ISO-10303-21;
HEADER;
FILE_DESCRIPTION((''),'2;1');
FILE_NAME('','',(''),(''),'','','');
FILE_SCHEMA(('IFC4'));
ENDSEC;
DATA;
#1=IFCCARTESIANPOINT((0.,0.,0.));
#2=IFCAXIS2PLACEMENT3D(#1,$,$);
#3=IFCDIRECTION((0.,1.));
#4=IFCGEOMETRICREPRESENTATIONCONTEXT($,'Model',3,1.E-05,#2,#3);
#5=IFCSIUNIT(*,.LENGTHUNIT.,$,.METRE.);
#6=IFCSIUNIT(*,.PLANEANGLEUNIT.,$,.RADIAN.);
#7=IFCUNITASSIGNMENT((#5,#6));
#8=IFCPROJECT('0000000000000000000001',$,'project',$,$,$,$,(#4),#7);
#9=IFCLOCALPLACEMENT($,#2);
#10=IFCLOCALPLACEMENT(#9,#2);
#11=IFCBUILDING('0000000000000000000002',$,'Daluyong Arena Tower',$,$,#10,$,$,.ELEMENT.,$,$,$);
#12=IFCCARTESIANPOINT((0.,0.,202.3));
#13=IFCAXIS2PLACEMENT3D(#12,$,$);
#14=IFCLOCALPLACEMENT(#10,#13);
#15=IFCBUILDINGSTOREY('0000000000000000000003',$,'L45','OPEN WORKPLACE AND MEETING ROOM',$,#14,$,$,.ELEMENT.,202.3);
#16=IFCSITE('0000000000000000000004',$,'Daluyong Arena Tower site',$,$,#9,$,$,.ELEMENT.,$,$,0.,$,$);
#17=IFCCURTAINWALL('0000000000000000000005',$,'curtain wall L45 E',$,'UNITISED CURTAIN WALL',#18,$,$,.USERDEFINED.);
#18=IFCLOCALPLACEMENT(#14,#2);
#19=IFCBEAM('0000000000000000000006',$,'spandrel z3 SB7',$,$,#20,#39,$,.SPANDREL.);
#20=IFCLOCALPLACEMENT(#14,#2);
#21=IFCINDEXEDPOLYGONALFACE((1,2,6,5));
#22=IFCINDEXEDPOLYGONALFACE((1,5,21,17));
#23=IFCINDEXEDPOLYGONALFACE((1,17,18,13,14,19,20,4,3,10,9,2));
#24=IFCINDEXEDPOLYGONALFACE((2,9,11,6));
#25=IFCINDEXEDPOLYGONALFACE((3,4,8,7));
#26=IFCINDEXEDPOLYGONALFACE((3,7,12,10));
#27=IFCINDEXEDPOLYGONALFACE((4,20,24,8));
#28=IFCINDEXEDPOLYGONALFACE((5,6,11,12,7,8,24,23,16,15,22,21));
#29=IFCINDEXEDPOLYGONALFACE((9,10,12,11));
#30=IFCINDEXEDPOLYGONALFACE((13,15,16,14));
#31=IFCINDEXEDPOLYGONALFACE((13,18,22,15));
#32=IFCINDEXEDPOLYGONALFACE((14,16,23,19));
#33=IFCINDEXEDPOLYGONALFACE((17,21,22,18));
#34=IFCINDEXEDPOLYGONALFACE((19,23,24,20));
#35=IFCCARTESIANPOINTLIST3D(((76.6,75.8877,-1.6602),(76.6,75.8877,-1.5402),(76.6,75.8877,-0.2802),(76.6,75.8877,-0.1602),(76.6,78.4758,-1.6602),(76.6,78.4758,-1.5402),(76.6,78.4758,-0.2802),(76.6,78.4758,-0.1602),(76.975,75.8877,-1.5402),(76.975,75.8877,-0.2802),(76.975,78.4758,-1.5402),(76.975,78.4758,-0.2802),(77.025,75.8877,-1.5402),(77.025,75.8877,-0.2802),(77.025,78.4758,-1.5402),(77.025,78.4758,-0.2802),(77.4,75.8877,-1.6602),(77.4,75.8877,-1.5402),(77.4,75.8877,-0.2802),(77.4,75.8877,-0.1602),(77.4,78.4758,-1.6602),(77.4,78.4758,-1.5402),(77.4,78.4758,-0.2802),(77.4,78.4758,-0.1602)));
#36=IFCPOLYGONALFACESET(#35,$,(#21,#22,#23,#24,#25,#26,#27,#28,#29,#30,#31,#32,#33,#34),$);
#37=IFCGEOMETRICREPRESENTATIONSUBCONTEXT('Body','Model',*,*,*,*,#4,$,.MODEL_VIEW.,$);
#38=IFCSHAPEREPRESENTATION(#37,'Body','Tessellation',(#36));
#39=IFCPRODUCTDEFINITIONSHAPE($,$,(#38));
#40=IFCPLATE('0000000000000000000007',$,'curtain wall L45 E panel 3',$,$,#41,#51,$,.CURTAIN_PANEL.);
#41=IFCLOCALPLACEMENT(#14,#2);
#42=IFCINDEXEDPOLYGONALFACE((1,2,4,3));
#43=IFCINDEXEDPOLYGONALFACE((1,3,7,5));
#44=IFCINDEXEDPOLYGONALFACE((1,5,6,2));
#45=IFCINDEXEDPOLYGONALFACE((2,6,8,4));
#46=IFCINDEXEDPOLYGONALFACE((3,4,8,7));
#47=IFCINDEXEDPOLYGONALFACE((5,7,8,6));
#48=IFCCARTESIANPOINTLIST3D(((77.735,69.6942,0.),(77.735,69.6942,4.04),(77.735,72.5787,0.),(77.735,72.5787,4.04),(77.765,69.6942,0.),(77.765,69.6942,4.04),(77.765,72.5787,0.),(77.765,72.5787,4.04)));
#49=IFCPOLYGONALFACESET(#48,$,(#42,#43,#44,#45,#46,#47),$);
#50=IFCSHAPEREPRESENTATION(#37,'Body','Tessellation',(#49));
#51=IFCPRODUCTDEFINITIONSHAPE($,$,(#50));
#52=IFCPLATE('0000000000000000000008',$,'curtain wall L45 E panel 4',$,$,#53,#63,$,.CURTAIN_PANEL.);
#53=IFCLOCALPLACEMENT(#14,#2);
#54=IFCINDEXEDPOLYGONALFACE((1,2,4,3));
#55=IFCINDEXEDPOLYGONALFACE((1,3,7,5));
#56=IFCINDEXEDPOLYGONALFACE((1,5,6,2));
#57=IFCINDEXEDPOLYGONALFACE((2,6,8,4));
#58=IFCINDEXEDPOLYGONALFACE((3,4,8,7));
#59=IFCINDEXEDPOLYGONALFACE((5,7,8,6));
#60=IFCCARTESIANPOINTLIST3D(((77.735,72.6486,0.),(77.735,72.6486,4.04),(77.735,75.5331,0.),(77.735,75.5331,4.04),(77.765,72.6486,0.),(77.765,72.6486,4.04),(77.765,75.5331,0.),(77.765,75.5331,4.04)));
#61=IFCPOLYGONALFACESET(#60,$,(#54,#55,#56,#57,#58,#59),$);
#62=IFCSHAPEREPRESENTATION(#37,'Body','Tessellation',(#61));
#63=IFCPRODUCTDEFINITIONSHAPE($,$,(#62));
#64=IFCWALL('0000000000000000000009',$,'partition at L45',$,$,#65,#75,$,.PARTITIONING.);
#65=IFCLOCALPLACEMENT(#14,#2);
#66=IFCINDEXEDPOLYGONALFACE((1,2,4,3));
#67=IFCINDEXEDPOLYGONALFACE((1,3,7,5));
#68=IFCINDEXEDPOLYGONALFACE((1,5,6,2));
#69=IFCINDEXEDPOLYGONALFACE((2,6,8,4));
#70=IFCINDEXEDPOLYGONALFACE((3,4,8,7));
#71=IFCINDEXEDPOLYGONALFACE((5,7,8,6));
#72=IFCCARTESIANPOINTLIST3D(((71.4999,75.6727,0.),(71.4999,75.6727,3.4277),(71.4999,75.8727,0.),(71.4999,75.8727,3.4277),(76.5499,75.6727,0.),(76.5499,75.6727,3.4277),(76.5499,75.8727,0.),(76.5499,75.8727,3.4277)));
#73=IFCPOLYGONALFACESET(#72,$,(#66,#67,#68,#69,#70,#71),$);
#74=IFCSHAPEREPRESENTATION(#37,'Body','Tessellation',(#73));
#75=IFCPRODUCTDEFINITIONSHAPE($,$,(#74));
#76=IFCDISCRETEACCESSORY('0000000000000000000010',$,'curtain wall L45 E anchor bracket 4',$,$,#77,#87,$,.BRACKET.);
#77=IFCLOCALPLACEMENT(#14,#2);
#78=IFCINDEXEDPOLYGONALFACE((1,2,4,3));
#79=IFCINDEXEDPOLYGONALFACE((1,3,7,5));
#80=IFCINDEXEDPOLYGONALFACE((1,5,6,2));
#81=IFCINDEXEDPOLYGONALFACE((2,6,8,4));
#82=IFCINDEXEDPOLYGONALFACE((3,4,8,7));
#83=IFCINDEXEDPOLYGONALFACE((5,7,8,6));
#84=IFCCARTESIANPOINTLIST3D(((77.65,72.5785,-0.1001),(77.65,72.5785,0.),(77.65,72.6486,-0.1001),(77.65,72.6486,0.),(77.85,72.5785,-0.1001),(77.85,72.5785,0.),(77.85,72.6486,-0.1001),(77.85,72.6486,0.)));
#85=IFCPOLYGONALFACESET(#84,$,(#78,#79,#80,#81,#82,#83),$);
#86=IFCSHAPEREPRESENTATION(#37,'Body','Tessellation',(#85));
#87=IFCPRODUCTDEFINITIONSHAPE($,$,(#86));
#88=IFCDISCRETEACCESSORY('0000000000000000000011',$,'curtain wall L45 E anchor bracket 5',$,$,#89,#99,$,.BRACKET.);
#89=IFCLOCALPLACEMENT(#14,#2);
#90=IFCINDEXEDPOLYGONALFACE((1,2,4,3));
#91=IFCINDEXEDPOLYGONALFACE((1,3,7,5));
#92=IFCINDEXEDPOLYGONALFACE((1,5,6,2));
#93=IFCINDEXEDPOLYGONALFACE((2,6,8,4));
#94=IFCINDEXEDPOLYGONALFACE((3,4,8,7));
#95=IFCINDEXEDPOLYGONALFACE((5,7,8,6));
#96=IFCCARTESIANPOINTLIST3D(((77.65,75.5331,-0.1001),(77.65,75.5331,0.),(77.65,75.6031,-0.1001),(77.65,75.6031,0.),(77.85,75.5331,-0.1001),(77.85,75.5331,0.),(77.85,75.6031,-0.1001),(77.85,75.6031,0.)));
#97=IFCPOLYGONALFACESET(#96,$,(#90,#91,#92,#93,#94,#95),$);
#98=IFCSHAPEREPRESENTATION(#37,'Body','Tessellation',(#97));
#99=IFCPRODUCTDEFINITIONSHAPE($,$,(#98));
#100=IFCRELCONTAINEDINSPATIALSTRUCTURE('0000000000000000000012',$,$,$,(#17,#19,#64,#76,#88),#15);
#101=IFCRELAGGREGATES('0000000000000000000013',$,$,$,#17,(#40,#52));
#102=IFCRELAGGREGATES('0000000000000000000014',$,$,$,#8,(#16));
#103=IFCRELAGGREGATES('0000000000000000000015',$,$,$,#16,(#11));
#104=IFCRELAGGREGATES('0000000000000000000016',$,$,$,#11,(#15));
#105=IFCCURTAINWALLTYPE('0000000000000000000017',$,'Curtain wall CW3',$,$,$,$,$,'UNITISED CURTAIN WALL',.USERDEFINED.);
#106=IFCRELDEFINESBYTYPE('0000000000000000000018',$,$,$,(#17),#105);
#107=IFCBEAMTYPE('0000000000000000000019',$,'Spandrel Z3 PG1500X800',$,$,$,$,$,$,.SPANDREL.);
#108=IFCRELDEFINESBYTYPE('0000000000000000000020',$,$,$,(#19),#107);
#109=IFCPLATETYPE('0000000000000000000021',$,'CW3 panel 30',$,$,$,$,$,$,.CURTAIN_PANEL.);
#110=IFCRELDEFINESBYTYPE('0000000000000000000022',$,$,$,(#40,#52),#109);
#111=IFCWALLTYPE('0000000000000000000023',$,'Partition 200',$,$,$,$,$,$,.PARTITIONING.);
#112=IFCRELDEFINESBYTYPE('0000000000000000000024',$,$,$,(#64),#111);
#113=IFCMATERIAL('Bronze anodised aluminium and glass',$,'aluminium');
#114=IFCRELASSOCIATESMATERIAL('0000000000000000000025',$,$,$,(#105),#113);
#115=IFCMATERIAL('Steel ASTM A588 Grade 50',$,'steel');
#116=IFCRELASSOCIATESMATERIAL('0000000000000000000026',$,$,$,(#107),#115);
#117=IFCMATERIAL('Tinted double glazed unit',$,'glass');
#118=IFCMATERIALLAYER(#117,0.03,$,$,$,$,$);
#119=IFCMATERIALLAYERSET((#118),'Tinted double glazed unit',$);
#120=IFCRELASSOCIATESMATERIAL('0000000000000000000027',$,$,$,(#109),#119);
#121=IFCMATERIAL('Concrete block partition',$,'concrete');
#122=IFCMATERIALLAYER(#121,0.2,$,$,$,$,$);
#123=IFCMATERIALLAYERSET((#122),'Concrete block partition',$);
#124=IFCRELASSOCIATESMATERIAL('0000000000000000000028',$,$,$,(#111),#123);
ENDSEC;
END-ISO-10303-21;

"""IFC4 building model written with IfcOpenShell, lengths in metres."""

from ifc_helpers import new_model, si_unit, direction, frame, frame_2d, origin, origin_2d, place, context, subcontext, project, spatial, rectangle, i_section, extrude, material, layer, layer_set, material_profile, profile_set, type_object, element, aggregate, save


model = new_model("IFC4")

# Units and contexts
model_context = context("Model", 3, precision=1e-05, world=origin(), true_north=direction((0.0, 1.0)))
body_context = subcontext(model_context, "Body", "Model", "MODEL_VIEW")
ifc_project = project(units=[si_unit("LENGTHUNIT", "METRE"), si_unit("PLANEANGLEUNIT", "RADIAN")], contexts=[model_context])

# Site, building, storey
site_placement = place(None, origin())
site = spatial("IfcSite", under=ifc_project, at=site_placement, Name="Daluyong Arena Tower site", CompositionType="ELEMENT", RefElevation=0.0)
building_placement = place(site_placement, origin())
building = spatial("IfcBuilding", under=site, at=building_placement, Name="Daluyong Arena Tower", CompositionType="ELEMENT")
storey_placement = place(building_placement, frame((0.0, 0.0, 202.3)))
storey = spatial("IfcBuildingStorey", under=building, at=storey_placement, Name="L45", Description="OPEN WORKPLACE AND MEETING ROOM", CompositionType="ELEMENT", Elevation=202.3)

# Curtain wall
ifc_material_1 = material(Name="Bronze anodised aluminium and glass", Category="aluminium")
curtain_wall_type = type_object("IfcCurtainWallType", Name="Curtain wall CW3", ElementType="UNITISED CURTAIN WALL", PredefinedType="USERDEFINED", material=ifc_material_1)
curtain_wall_placement = place(storey_placement, origin())
curtain_wall = element("IfcCurtainWall", 1, at=curtain_wall_placement, inside=storey, type_object=curtain_wall_type, Name="curtain wall L45 E", ObjectType="UNITISED CURTAIN WALL", PredefinedType="USERDEFINED")

# Beam
ifc_material_2 = material(Name="Steel ASTM A588 Grade 50", Category="steel")
ifc_material_profile_1 = material_profile(ifc_material_2, i_section(OverallWidth=0.8, OverallDepth=1.5, WebThickness=0.05, FlangeThickness=0.12, at=origin_2d()))
ifc_profile_set_1 = profile_set([ifc_material_profile_1], Name="Steel ASTM A588 Grade 50")
beam_type_1 = type_object("IfcBeamType", Name="Spandrel Z3 PG1500X800", PredefinedType="SPANDREL", material=ifc_profile_set_1)
for number, where, z_axis, x_axis, name in (
    (2, (77.0, 75.8877, -0.9102), (0.0, 1.0, 0.0), (-1.0, 0.0, 0.0), "spandrel z3 SB7"),
):
    element("IfcBeam", number, at=place(storey_placement, frame(where, z_axis=z_axis, x_axis=x_axis)), inside=storey, type_object=beam_type_1, Name=name, PredefinedType="SPANDREL", context=body_context, shape_type="SweptSolid", body=[
        extrude(i_section(OverallWidth=0.8, OverallDepth=1.5, WebThickness=0.05, FlangeThickness=0.12, at=origin_2d()), origin(), (0.0, 0.0, 1.0), 2.5881),
    ])

# Plates
ifc_material_3 = material(Name="Tinted double glazed unit", Category="glass")
ifc_layer_1 = layer(ifc_material_3, 0.03)
ifc_layer_set_1 = layer_set([ifc_layer_1], Name="Tinted double glazed unit")
plate_type = type_object("IfcPlateType", Name="CW3 panel 30", PredefinedType="CURTAIN_PANEL", material=ifc_layer_set_1)
plate_1_placement = place(storey_placement, frame((77.75, 71.1365, 0.0), z_axis=(0.0, 0.0, 1.0), x_axis=(0.0, 1.0, 0.0)))
plate_1 = element("IfcPlate", 3, at=plate_1_placement, type_object=plate_type, Name="curtain wall L45 E panel 3", PredefinedType="CURTAIN_PANEL", context=body_context, shape_type="SweptSolid", body=[
    extrude(rectangle(XDim=2.8845, YDim=0.03, at=origin_2d()), origin(), (0.0, 0.0, 1.0), 4.04),
])
plate_2_placement = place(storey_placement, frame((77.75, 74.0908, 0.0), z_axis=(0.0, 0.0, 1.0), x_axis=(0.0, 1.0, 0.0)))
plate_2 = element("IfcPlate", 4, at=plate_2_placement, type_object=plate_type, Name="curtain wall L45 E panel 4", PredefinedType="CURTAIN_PANEL", context=body_context, shape_type="SweptSolid", body=[
    extrude(rectangle(XDim=2.8845, YDim=0.03, at=origin_2d()), origin(), (0.0, 0.0, 1.0), 4.04),
])
aggregate(curtain_wall, [plate_1, plate_2])

# Wall
ifc_material_4 = material(Name="Concrete block partition", Category="concrete")
ifc_layer_2 = layer(ifc_material_4, 0.2)
ifc_layer_set_2 = layer_set([ifc_layer_2], Name="Concrete block partition")
wall_type = type_object("IfcWallType", Name="Partition 200", PredefinedType="PARTITIONING", material=ifc_layer_set_2)
wall_placement = place(storey_placement, frame((71.5, 75.7727, 0.0), z_axis=(0.0, 0.0, 1.0), x_axis=(1.0, 0.0, 0.0)))
element("IfcWall", 5, at=wall_placement, inside=storey, type_object=wall_type, Name="partition at L45", PredefinedType="PARTITIONING", context=body_context, shape_type="SweptSolid", body=[
    extrude(rectangle(XDim=5.05, YDim=0.2, at=frame_2d((2.5249, 0.0))), origin(), (0.0, 0.0, 1.0), 3.4277),
])

# Discrete accessories
for number, where, z_axis, x_axis, name in (
    (6, (77.75, 72.6135, -0.1001), (0.0, 0.0, 1.0), (0.0, 1.0, 0.0), "curtain wall L45 E anchor bracket 4"),
    (7, (77.75, 75.5681, -0.1001), (0.0, 0.0, 1.0), (0.0, 1.0, 0.0), "curtain wall L45 E anchor bracket 5"),
):
    element("IfcDiscreteAccessory", number, at=place(storey_placement, frame(where, z_axis=z_axis, x_axis=x_axis)), inside=storey, Name=name, PredefinedType="BRACKET", context=body_context, shape_type="SweptSolid", body=[
        extrude(rectangle(XDim=0.0701, YDim=0.2, at=origin_2d()), origin(), (0.0, 0.0, 1.0), 0.1001),
    ])

save(model, "model.ifc")
